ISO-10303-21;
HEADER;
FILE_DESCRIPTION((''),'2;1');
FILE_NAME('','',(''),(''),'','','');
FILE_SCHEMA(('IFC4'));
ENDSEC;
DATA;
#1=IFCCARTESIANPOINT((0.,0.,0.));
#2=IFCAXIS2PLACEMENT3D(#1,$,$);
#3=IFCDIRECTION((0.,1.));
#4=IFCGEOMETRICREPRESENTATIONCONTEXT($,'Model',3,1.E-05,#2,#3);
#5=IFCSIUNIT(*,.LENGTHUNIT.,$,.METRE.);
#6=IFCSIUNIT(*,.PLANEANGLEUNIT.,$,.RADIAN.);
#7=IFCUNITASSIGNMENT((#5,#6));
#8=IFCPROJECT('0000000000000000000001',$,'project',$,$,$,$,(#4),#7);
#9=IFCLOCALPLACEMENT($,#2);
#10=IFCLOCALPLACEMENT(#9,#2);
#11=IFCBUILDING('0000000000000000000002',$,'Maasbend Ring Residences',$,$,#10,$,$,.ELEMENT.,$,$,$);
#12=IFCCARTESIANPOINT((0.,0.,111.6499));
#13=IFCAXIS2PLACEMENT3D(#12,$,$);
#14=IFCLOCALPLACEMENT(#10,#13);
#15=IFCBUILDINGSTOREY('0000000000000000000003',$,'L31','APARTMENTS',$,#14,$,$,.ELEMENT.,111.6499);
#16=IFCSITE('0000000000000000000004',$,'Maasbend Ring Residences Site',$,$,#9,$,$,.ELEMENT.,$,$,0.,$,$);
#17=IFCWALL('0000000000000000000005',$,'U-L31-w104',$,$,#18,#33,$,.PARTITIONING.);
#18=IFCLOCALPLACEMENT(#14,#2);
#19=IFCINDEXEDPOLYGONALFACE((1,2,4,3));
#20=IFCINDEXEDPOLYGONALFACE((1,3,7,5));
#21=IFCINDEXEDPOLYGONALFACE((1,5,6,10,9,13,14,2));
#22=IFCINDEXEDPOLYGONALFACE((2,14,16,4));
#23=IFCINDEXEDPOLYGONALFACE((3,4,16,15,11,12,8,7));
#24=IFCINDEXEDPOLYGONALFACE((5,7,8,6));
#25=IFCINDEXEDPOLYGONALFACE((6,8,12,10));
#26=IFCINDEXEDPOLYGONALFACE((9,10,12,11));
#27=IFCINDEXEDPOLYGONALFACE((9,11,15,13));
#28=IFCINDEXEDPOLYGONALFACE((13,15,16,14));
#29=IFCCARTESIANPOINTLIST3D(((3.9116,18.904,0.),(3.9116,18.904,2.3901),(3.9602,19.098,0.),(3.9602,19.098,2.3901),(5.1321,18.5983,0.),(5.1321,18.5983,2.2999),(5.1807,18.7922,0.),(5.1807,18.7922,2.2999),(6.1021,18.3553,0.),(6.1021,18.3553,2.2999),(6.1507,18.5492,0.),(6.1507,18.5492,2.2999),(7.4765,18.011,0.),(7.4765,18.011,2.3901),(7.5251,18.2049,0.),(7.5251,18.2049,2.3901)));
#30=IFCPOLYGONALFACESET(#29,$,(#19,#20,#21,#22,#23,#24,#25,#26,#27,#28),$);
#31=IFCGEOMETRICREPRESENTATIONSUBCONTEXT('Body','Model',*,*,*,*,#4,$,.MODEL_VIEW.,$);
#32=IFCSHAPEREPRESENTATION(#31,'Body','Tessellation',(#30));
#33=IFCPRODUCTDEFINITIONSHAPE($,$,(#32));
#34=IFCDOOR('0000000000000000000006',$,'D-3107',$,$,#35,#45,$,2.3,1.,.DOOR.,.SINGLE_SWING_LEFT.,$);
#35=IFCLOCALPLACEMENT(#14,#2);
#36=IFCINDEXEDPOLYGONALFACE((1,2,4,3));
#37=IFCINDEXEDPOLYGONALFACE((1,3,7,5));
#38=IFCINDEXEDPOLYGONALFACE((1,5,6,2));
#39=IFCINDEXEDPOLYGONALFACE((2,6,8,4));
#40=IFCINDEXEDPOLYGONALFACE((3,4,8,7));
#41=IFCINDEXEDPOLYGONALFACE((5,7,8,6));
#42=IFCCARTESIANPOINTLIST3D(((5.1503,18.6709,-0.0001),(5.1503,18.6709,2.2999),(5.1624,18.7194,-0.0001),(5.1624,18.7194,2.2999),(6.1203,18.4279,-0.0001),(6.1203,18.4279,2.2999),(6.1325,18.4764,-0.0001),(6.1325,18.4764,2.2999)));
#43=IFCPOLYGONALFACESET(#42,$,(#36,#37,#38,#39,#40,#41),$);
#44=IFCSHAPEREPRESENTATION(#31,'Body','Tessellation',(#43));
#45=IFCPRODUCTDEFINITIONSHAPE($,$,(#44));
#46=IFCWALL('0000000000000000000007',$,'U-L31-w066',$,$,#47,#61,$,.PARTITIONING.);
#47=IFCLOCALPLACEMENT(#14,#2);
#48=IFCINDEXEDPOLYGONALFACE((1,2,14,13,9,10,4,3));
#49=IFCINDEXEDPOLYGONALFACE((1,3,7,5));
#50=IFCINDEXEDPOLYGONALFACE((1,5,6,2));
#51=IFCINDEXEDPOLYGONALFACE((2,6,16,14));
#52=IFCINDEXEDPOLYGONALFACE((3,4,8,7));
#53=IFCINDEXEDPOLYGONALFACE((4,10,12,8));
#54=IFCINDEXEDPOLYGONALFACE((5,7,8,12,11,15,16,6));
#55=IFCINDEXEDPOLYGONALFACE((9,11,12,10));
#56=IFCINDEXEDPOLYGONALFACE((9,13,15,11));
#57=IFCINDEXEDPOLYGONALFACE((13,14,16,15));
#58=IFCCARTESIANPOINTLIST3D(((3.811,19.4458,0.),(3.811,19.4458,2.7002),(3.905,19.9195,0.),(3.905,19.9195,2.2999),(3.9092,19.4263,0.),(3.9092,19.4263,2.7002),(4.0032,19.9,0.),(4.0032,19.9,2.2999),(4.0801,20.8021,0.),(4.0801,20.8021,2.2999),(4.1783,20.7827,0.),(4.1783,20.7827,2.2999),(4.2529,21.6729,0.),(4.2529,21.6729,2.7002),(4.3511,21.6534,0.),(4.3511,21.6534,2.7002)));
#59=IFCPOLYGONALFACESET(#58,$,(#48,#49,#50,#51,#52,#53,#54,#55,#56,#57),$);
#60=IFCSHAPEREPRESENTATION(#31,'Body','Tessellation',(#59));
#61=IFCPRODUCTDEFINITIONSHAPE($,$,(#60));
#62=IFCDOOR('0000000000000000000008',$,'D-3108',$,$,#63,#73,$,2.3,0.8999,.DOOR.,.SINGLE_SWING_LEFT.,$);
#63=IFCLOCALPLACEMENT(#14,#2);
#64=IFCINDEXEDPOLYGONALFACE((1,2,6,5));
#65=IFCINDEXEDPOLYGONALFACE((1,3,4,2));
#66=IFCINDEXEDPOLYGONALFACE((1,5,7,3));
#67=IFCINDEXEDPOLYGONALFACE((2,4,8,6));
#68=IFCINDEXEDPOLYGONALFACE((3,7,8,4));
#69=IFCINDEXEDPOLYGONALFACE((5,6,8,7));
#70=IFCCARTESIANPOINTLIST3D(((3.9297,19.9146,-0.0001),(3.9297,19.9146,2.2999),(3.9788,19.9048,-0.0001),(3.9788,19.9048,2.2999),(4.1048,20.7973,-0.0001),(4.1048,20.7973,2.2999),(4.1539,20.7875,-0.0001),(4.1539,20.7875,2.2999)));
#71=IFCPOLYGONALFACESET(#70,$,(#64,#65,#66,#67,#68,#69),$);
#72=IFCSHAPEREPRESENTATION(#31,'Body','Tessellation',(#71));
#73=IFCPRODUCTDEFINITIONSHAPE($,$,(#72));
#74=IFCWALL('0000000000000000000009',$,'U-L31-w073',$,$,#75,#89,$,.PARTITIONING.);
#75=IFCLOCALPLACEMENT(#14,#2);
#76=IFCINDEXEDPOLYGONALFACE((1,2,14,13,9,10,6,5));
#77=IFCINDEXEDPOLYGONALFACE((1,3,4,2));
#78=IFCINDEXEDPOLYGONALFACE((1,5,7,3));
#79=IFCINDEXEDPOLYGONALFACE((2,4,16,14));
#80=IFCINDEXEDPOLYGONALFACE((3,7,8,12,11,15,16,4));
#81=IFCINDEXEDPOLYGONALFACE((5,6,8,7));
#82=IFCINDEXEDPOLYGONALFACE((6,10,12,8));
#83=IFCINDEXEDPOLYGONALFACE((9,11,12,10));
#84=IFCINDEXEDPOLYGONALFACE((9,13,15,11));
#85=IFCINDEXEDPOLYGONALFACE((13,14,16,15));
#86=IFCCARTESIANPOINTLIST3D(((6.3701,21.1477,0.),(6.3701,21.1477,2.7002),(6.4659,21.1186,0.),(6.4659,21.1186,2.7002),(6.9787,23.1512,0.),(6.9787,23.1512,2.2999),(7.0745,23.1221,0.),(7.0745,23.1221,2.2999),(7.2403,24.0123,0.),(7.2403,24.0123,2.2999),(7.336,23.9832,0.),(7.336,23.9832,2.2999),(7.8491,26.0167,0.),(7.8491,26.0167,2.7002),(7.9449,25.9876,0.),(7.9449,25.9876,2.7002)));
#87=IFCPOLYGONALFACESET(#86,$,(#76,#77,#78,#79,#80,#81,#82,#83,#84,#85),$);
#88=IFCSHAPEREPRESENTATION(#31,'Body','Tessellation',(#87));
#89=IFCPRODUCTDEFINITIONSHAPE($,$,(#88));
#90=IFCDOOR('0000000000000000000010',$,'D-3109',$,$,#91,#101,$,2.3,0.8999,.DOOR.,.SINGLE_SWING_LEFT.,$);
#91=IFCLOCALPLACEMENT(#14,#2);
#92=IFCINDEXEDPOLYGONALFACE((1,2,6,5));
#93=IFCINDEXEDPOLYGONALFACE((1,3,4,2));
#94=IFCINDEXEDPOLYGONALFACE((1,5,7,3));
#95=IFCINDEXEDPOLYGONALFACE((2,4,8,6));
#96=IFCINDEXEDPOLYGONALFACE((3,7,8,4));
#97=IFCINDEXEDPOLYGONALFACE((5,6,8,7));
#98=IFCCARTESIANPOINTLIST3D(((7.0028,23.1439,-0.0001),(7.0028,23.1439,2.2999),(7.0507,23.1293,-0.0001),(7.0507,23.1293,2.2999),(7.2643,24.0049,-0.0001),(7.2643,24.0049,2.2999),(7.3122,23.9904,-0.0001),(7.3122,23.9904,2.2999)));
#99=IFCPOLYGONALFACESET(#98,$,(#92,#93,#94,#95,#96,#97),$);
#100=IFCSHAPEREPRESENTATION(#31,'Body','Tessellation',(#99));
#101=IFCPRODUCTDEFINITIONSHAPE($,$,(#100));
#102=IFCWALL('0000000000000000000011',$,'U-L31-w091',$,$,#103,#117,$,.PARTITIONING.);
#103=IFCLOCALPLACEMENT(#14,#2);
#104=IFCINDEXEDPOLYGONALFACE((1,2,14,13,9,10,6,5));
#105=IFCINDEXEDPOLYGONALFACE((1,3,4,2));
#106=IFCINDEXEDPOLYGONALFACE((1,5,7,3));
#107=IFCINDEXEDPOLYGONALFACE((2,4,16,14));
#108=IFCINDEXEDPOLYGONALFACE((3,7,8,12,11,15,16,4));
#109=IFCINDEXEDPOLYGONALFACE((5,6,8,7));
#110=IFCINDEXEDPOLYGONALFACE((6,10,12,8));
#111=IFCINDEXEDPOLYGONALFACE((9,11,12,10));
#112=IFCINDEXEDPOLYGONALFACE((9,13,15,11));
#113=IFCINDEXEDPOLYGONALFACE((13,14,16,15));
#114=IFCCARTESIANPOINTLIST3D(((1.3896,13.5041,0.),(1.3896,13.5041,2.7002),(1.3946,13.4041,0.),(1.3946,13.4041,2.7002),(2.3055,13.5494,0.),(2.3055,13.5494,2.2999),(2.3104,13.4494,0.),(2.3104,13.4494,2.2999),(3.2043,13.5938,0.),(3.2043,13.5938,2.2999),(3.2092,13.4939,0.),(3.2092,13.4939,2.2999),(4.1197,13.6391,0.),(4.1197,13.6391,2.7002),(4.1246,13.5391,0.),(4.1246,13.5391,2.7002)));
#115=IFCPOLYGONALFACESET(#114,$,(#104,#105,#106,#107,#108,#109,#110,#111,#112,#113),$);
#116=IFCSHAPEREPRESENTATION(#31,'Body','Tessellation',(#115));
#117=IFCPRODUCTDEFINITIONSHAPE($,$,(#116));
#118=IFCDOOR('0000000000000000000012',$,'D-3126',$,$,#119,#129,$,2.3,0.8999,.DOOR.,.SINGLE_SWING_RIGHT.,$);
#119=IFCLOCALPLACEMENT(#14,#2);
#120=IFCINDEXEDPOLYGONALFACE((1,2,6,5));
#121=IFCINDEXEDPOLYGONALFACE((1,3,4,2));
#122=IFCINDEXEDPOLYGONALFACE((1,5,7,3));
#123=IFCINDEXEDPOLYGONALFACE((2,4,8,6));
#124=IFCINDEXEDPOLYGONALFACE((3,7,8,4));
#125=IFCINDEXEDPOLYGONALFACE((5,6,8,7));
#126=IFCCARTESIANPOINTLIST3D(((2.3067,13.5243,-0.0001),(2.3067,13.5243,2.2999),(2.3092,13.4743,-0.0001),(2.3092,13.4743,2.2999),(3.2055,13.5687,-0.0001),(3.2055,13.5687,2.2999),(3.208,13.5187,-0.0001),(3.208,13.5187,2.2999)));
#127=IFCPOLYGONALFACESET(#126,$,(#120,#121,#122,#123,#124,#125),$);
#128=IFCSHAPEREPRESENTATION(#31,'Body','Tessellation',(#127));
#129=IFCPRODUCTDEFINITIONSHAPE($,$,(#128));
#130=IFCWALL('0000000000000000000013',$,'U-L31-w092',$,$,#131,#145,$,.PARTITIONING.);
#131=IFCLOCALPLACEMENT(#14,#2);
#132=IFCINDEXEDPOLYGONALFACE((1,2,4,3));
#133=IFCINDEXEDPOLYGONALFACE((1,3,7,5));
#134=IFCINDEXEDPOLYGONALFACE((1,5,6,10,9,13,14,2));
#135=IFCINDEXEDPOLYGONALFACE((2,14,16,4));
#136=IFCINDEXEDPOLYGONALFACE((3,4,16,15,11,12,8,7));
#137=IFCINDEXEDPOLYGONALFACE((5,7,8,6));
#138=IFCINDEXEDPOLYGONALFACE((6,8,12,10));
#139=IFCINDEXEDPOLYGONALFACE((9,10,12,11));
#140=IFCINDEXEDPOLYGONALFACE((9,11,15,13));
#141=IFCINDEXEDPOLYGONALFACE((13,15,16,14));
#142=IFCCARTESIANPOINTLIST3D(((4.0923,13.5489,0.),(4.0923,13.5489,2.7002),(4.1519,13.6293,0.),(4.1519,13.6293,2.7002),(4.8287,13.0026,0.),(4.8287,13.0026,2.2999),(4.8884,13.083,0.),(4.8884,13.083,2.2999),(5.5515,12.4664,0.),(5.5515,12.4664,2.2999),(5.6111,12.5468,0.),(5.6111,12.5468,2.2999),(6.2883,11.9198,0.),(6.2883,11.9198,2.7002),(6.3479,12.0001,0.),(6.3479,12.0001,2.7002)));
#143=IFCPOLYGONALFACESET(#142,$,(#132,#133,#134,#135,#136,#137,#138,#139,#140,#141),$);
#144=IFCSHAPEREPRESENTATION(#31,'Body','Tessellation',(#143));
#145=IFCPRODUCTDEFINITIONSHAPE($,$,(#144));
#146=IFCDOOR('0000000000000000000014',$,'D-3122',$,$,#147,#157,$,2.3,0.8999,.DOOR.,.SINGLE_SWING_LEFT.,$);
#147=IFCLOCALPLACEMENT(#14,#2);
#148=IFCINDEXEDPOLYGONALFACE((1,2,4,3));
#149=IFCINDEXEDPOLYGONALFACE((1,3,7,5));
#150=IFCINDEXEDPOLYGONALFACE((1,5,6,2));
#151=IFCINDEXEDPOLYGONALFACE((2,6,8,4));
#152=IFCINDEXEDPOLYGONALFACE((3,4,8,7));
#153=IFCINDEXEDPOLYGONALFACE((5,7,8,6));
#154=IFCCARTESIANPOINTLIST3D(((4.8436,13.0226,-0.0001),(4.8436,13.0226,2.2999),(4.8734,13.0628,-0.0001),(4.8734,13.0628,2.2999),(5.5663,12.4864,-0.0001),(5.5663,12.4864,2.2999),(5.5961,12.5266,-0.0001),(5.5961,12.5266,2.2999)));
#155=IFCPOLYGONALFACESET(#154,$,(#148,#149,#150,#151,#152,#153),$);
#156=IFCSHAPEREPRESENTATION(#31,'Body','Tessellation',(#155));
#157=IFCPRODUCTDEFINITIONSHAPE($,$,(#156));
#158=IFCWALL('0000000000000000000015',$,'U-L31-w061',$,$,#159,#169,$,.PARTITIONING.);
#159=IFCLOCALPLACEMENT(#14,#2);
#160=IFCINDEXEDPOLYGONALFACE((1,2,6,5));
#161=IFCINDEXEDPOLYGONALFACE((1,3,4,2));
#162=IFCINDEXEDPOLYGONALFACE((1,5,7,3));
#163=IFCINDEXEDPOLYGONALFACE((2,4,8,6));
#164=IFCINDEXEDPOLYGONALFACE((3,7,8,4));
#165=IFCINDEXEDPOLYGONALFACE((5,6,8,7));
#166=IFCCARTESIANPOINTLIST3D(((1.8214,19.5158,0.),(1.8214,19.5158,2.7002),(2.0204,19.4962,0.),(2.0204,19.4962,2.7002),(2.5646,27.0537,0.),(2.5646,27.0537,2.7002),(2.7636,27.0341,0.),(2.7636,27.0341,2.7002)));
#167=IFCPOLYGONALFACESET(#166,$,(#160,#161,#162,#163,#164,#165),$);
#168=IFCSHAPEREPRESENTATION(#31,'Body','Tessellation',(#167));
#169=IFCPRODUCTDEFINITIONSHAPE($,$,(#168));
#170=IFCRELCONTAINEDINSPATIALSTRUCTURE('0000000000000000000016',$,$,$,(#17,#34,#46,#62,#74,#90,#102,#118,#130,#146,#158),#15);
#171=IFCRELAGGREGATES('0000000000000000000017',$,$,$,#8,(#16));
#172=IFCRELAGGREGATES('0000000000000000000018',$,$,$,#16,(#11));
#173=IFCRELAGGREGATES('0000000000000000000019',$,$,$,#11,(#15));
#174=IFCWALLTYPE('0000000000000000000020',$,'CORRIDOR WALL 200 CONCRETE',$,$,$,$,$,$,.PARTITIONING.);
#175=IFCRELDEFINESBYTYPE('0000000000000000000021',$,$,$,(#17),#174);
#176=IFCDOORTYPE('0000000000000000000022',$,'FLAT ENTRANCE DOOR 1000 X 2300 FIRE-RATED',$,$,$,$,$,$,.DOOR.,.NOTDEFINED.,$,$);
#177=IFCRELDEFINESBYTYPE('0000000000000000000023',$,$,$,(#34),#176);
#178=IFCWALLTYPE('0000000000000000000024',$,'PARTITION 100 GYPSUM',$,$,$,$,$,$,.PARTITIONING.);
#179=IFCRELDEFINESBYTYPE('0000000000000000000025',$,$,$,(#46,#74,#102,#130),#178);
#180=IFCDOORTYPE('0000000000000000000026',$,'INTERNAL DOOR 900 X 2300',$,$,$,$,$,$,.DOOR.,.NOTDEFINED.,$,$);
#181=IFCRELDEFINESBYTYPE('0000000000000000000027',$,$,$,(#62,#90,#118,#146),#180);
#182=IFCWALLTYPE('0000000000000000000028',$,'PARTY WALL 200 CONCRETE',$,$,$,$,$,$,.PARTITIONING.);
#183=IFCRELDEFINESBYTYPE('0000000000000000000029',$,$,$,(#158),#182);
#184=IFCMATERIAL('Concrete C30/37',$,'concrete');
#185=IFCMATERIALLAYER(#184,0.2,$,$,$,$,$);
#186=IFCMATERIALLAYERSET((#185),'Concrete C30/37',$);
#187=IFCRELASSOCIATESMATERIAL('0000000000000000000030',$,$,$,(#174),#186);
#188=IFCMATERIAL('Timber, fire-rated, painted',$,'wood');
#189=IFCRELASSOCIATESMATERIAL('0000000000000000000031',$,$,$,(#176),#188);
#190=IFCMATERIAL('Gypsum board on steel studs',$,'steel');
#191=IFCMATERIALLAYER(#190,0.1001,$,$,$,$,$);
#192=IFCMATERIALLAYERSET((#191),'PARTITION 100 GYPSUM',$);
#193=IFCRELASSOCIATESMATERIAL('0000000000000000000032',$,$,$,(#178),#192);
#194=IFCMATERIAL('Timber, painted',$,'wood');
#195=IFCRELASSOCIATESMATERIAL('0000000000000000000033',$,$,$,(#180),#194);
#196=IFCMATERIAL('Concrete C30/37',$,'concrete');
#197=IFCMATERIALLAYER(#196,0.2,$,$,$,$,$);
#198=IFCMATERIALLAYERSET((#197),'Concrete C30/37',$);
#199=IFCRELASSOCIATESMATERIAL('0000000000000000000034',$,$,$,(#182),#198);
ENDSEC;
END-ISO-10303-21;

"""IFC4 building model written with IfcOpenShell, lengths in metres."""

from ifc_helpers import new_model, si_unit, direction, frame, frame_2d, origin, place, context, subcontext, project, spatial, rectangle, extrude, material, layer, layer_set, type_object, element, fill, save


model = new_model("IFC4")

# Units and contexts
model_context = context("Model", 3, precision=1e-05, world=origin(), true_north=direction((0.0, 1.0)))
body_context = subcontext(model_context, "Body", "Model", "MODEL_VIEW")
ifc_project = project(units=[si_unit("LENGTHUNIT", "METRE"), si_unit("PLANEANGLEUNIT", "RADIAN")], contexts=[model_context])

# Site, building, storey
site_placement = place(None, origin())
site = spatial("IfcSite", under=ifc_project, at=site_placement, Name="Maasbend Ring Residences Site", CompositionType="ELEMENT", RefElevation=0.0)
building_placement = place(site_placement, origin())
building = spatial("IfcBuilding", under=site, at=building_placement, Name="Maasbend Ring Residences", CompositionType="ELEMENT")
storey_placement = place(building_placement, frame((0.0, 0.0, 111.6499)))
storey = spatial("IfcBuildingStorey", under=building, at=storey_placement, Name="L31", Description="APARTMENTS", CompositionType="ELEMENT", Elevation=111.6499)

# Shared definitions
ifc_material_1 = material(Name="Concrete C30/37", Category="concrete")
ifc_layer_1 = layer(ifc_material_1, 0.2)
ifc_layer_set_1 = layer_set([ifc_layer_1], Name="Concrete C30/37")
wall_type_1 = type_object("IfcWallType", Name="CORRIDOR WALL 200 CONCRETE", PredefinedType="PARTITIONING", material=ifc_layer_set_1)
ifc_material_2 = material(Name="Timber, fire-rated, painted", Category="wood")
door_type_1 = type_object("IfcDoorType", Name="FLAT ENTRANCE DOOR 1000 X 2300 FIRE-RATED", OperationType="NOTDEFINED", PredefinedType="DOOR", material=ifc_material_2)

# Walls, openings, doors
wall_1_placement = place(storey_placement, frame((3.936, 19.001, 0.0), z_axis=(0.0, 0.0, 1.0), x_axis=(0.970025, -0.243005, 0.0)))
wall_1 = element("IfcWall", 1, at=wall_1_placement, inside=storey, type_object=wall_type_1, Name="U-L31-w104", PredefinedType="PARTITIONING", context=body_context, shape_type="SweptSolid", body=[
    extrude(rectangle(XDim=3.675, YDim=0.2, at=frame_2d((1.8374, 0.0))), origin(), (0.0, 0.0, 1.0), 2.3901),
])
opening_1_placement = place(wall_1_placement, frame((1.2581, 0.0, 0.0)))
opening_1 = element("IfcOpeningElement", 2, at=opening_1_placement, cuts=wall_1, PredefinedType="OPENING", context=body_context, shape_type="SweptSolid", body=[
    extrude(rectangle(XDim=1.0, YDim=2.3, at=frame_2d((0.5, 1.1499))), frame((0.0, 0.1099, 0.0), z_axis=(0.0, -1.0, 0.0), x_axis=(1.0, 0.0, 0.0)), (0.0, 0.0, 1.0), 0.22),
])
door_1_placement = place(opening_1_placement, origin())
door_1 = element("IfcDoor", 3, at=door_1_placement, inside=storey, type_object=door_type_1, Name="D-3107", OperationType="SINGLE_SWING_LEFT", OverallHeight=2.3, OverallWidth=1.0, PredefinedType="DOOR", context=body_context, shape_type="SweptSolid", body=[
    extrude(rectangle(XDim=1.0, YDim=2.3, at=frame_2d((0.5, 1.1499))), frame((0.0, 0.0249, 0.0), z_axis=(0.0, -1.0, 0.0), x_axis=(1.0, 0.0, 0.0)), (0.0, 0.0, 1.0), 0.05),
])
fill(opening_1, door_1)
ifc_material_3 = material(Name="Gypsum board on steel studs", Category="steel")
ifc_layer_2 = layer(ifc_material_3, 0.1001)
ifc_layer_set_2 = layer_set([ifc_layer_2], Name="PARTITION 100 GYPSUM")
wall_type_2 = type_object("IfcWallType", Name="PARTITION 100 GYPSUM", PredefinedType="PARTITIONING", material=ifc_layer_set_2)
wall_2_placement = place(storey_placement, frame((3.8601, 19.436, 0.0), z_axis=(0.0, 0.0, 1.0), x_axis=(0.194627, 0.980877, 0.0)))
wall_2 = element("IfcWall", 4, at=wall_2_placement, inside=storey, type_object=wall_type_2, Name="U-L31-w066", PredefinedType="PARTITIONING", context=body_context, shape_type="SweptSolid", body=[
    extrude(rectangle(XDim=2.2705, YDim=0.1001, at=frame_2d((1.1353, 0.0))), origin(), (0.0, 0.0, 1.0), 2.7002),
])
opening_2_placement = place(wall_2_placement, frame((0.4829, 0.0, 0.0)))
opening_2 = element("IfcOpeningElement", 5, at=opening_2_placement, cuts=wall_2, PredefinedType="OPENING", context=body_context, shape_type="SweptSolid", body=[
    extrude(rectangle(XDim=0.8999, YDim=2.3, at=frame_2d((0.45, 1.1499))), frame((0.0, 0.0601, 0.0), z_axis=(0.0, -1.0, 0.0), x_axis=(1.0, 0.0, 0.0)), (0.0, 0.0, 1.0), 0.1201),
])
ifc_material_4 = material(Name="Timber, painted", Category="wood")
door_type_2 = type_object("IfcDoorType", Name="INTERNAL DOOR 900 X 2300", OperationType="NOTDEFINED", PredefinedType="DOOR", material=ifc_material_4)
door_2_placement = place(opening_2_placement, origin())
door_2 = element("IfcDoor", 6, at=door_2_placement, inside=storey, type_object=door_type_2, Name="D-3108", OperationType="SINGLE_SWING_LEFT", OverallHeight=2.3, OverallWidth=0.8999, PredefinedType="DOOR", context=body_context, shape_type="SweptSolid", body=[
    extrude(rectangle(XDim=0.8999, YDim=2.3, at=frame_2d((0.45, 1.1499))), frame((0.0, 0.0249, 0.0), z_axis=(0.0, -1.0, 0.0), x_axis=(1.0, 0.0, 0.0)), (0.0, 0.0, 1.0), 0.05),
])
fill(opening_2, door_2)
wall_3_placement = place(storey_placement, frame((6.418, 21.1331, 0.0), z_axis=(0.0, 0.0, 1.0), x_axis=(0.290652, 0.956829, 0.0)))
wall_3 = element("IfcWall", 7, at=wall_3_placement, inside=storey, type_object=wall_type_2, Name="U-L31-w073", PredefinedType="PARTITIONING", context=body_context, shape_type="SweptSolid", body=[
    extrude(rectangle(XDim=5.0886, YDim=0.1001, at=frame_2d((2.5444, 0.0))), origin(), (0.0, 0.0, 1.0), 2.7002),
])
opening_3_placement = place(wall_3_placement, frame((2.094, 0.0, 0.0)))
opening_3 = element("IfcOpeningElement", 8, at=opening_3_placement, cuts=wall_3, PredefinedType="OPENING", context=body_context, shape_type="SweptSolid", body=[
    extrude(rectangle(XDim=0.8999, YDim=2.3, at=frame_2d((0.45, 1.1499))), frame((0.0, 0.0601, 0.0), z_axis=(0.0, -1.0, 0.0), x_axis=(1.0, 0.0, 0.0)), (0.0, 0.0, 1.0), 0.1201),
])
door_3_placement = place(opening_3_placement, origin())
door_3 = element("IfcDoor", 9, at=door_3_placement, inside=storey, type_object=door_type_2, Name="D-3109", OperationType="SINGLE_SWING_LEFT", OverallHeight=2.3, OverallWidth=0.8999, PredefinedType="DOOR", context=body_context, shape_type="SweptSolid", body=[
    extrude(rectangle(XDim=0.8999, YDim=2.3, at=frame_2d((0.45, 1.1499))), frame((0.0, 0.0249, 0.0), z_axis=(0.0, -1.0, 0.0), x_axis=(1.0, 0.0, 0.0)), (0.0, 0.0, 1.0), 0.05),
])
fill(opening_3, door_3)
wall_4_placement = place(storey_placement, frame((1.3921, 13.4541, 0.0), z_axis=(0.0, 0.0, 1.0), x_axis=(0.998779, 0.049394, 0.0)))
wall_4 = element("IfcWall", 10, at=wall_4_placement, inside=storey, type_object=wall_type_2, Name="U-L31-w091", PredefinedType="PARTITIONING", context=body_context, shape_type="SweptSolid", body=[
    extrude(rectangle(XDim=2.7334, YDim=0.1001, at=frame_2d((1.3667, 0.0))), origin(), (0.0, 0.0, 1.0), 2.7002),
])
opening_4_placement = place(wall_4_placement, frame((0.917, 0.0, 0.0)))
opening_4 = element("IfcOpeningElement", 11, at=opening_4_placement, cuts=wall_4, PredefinedType="OPENING", context=body_context, shape_type="SweptSolid", body=[
    extrude(rectangle(XDim=0.8999, YDim=2.3, at=frame_2d((0.45, 1.1499))), frame((0.0, 0.0601, 0.0), z_axis=(0.0, -1.0, 0.0), x_axis=(1.0, 0.0, 0.0)), (0.0, 0.0, 1.0), 0.1201),
])
door_4_placement = place(opening_4_placement, origin())
door_4 = element("IfcDoor", 12, at=door_4_placement, inside=storey, type_object=door_type_2, Name="D-3126", OperationType="SINGLE_SWING_RIGHT", OverallHeight=2.3, OverallWidth=0.8999, PredefinedType="DOOR", context=body_context, shape_type="SweptSolid", body=[
    extrude(rectangle(XDim=0.8999, YDim=2.3, at=frame_2d((0.45, 1.1499))), frame((0.0, 0.0249, 0.0), z_axis=(0.0, -1.0, 0.0), x_axis=(1.0, 0.0, 0.0)), (0.0, 0.0, 1.0), 0.05),
])
fill(opening_4, door_4)
wall_5_placement = place(storey_placement, frame((4.1221, 13.5891, 0.0), z_axis=(0.0, 0.0, 1.0), x_axis=(0.803128, -0.595806, 0.0)))
wall_5 = element("IfcWall", 13, at=wall_5_placement, inside=storey, type_object=wall_type_2, Name="U-L31-w092", PredefinedType="PARTITIONING", context=body_context, shape_type="SweptSolid", body=[
    extrude(rectangle(XDim=2.7344, YDim=0.1001, at=frame_2d((1.3672, 0.0))), origin(), (0.0, 0.0, 1.0), 2.7002),
])
opening_5_placement = place(wall_5_placement, frame((0.917, 0.0, 0.0)))
opening_5 = element("IfcOpeningElement", 14, at=opening_5_placement, cuts=wall_5, PredefinedType="OPENING", context=body_context, shape_type="SweptSolid", body=[
    extrude(rectangle(XDim=0.8999, YDim=2.3, at=frame_2d((0.45, 1.1499))), frame((0.0, 0.0601, 0.0), z_axis=(0.0, -1.0, 0.0), x_axis=(1.0, 0.0, 0.0)), (0.0, 0.0, 1.0), 0.1201),
])
door_5_placement = place(opening_5_placement, origin())
door_5 = element("IfcDoor", 15, at=door_5_placement, inside=storey, type_object=door_type_2, Name="D-3122", OperationType="SINGLE_SWING_LEFT", OverallHeight=2.3, OverallWidth=0.8999, PredefinedType="DOOR", context=body_context, shape_type="SweptSolid", body=[
    extrude(rectangle(XDim=0.8999, YDim=2.3, at=frame_2d((0.45, 1.1499))), frame((0.0, 0.0249, 0.0), z_axis=(0.0, -1.0, 0.0), x_axis=(1.0, 0.0, 0.0)), (0.0, 0.0, 1.0), 0.05),
])
fill(opening_5, door_5)

# Wall
ifc_material_5 = material(Name="Concrete C30/37", Category="concrete")
ifc_layer_3 = layer(ifc_material_5, 0.2)
ifc_layer_set_3 = layer_set([ifc_layer_3], Name="Concrete C30/37")
wall_type_3 = type_object("IfcWallType", Name="PARTY WALL 200 CONCRETE", PredefinedType="PARTITIONING", material=ifc_layer_set_3)
wall_6_placement = place(storey_placement, frame((1.9209, 19.5061, 0.0), z_axis=(0.0, 0.0, 1.0), x_axis=(0.098115, 0.995175, 0.0)))
element("IfcWall", 16, at=wall_6_placement, inside=storey, type_object=wall_type_3, Name="U-L31-w061", PredefinedType="PARTITIONING", context=body_context, shape_type="SweptSolid", body=[
    extrude(rectangle(XDim=7.5745, YDim=0.2, at=frame_2d((3.7871, 0.0))), origin(), (0.0, 0.0, 1.0), 2.7002),
])

save(model, "model.ifc")
